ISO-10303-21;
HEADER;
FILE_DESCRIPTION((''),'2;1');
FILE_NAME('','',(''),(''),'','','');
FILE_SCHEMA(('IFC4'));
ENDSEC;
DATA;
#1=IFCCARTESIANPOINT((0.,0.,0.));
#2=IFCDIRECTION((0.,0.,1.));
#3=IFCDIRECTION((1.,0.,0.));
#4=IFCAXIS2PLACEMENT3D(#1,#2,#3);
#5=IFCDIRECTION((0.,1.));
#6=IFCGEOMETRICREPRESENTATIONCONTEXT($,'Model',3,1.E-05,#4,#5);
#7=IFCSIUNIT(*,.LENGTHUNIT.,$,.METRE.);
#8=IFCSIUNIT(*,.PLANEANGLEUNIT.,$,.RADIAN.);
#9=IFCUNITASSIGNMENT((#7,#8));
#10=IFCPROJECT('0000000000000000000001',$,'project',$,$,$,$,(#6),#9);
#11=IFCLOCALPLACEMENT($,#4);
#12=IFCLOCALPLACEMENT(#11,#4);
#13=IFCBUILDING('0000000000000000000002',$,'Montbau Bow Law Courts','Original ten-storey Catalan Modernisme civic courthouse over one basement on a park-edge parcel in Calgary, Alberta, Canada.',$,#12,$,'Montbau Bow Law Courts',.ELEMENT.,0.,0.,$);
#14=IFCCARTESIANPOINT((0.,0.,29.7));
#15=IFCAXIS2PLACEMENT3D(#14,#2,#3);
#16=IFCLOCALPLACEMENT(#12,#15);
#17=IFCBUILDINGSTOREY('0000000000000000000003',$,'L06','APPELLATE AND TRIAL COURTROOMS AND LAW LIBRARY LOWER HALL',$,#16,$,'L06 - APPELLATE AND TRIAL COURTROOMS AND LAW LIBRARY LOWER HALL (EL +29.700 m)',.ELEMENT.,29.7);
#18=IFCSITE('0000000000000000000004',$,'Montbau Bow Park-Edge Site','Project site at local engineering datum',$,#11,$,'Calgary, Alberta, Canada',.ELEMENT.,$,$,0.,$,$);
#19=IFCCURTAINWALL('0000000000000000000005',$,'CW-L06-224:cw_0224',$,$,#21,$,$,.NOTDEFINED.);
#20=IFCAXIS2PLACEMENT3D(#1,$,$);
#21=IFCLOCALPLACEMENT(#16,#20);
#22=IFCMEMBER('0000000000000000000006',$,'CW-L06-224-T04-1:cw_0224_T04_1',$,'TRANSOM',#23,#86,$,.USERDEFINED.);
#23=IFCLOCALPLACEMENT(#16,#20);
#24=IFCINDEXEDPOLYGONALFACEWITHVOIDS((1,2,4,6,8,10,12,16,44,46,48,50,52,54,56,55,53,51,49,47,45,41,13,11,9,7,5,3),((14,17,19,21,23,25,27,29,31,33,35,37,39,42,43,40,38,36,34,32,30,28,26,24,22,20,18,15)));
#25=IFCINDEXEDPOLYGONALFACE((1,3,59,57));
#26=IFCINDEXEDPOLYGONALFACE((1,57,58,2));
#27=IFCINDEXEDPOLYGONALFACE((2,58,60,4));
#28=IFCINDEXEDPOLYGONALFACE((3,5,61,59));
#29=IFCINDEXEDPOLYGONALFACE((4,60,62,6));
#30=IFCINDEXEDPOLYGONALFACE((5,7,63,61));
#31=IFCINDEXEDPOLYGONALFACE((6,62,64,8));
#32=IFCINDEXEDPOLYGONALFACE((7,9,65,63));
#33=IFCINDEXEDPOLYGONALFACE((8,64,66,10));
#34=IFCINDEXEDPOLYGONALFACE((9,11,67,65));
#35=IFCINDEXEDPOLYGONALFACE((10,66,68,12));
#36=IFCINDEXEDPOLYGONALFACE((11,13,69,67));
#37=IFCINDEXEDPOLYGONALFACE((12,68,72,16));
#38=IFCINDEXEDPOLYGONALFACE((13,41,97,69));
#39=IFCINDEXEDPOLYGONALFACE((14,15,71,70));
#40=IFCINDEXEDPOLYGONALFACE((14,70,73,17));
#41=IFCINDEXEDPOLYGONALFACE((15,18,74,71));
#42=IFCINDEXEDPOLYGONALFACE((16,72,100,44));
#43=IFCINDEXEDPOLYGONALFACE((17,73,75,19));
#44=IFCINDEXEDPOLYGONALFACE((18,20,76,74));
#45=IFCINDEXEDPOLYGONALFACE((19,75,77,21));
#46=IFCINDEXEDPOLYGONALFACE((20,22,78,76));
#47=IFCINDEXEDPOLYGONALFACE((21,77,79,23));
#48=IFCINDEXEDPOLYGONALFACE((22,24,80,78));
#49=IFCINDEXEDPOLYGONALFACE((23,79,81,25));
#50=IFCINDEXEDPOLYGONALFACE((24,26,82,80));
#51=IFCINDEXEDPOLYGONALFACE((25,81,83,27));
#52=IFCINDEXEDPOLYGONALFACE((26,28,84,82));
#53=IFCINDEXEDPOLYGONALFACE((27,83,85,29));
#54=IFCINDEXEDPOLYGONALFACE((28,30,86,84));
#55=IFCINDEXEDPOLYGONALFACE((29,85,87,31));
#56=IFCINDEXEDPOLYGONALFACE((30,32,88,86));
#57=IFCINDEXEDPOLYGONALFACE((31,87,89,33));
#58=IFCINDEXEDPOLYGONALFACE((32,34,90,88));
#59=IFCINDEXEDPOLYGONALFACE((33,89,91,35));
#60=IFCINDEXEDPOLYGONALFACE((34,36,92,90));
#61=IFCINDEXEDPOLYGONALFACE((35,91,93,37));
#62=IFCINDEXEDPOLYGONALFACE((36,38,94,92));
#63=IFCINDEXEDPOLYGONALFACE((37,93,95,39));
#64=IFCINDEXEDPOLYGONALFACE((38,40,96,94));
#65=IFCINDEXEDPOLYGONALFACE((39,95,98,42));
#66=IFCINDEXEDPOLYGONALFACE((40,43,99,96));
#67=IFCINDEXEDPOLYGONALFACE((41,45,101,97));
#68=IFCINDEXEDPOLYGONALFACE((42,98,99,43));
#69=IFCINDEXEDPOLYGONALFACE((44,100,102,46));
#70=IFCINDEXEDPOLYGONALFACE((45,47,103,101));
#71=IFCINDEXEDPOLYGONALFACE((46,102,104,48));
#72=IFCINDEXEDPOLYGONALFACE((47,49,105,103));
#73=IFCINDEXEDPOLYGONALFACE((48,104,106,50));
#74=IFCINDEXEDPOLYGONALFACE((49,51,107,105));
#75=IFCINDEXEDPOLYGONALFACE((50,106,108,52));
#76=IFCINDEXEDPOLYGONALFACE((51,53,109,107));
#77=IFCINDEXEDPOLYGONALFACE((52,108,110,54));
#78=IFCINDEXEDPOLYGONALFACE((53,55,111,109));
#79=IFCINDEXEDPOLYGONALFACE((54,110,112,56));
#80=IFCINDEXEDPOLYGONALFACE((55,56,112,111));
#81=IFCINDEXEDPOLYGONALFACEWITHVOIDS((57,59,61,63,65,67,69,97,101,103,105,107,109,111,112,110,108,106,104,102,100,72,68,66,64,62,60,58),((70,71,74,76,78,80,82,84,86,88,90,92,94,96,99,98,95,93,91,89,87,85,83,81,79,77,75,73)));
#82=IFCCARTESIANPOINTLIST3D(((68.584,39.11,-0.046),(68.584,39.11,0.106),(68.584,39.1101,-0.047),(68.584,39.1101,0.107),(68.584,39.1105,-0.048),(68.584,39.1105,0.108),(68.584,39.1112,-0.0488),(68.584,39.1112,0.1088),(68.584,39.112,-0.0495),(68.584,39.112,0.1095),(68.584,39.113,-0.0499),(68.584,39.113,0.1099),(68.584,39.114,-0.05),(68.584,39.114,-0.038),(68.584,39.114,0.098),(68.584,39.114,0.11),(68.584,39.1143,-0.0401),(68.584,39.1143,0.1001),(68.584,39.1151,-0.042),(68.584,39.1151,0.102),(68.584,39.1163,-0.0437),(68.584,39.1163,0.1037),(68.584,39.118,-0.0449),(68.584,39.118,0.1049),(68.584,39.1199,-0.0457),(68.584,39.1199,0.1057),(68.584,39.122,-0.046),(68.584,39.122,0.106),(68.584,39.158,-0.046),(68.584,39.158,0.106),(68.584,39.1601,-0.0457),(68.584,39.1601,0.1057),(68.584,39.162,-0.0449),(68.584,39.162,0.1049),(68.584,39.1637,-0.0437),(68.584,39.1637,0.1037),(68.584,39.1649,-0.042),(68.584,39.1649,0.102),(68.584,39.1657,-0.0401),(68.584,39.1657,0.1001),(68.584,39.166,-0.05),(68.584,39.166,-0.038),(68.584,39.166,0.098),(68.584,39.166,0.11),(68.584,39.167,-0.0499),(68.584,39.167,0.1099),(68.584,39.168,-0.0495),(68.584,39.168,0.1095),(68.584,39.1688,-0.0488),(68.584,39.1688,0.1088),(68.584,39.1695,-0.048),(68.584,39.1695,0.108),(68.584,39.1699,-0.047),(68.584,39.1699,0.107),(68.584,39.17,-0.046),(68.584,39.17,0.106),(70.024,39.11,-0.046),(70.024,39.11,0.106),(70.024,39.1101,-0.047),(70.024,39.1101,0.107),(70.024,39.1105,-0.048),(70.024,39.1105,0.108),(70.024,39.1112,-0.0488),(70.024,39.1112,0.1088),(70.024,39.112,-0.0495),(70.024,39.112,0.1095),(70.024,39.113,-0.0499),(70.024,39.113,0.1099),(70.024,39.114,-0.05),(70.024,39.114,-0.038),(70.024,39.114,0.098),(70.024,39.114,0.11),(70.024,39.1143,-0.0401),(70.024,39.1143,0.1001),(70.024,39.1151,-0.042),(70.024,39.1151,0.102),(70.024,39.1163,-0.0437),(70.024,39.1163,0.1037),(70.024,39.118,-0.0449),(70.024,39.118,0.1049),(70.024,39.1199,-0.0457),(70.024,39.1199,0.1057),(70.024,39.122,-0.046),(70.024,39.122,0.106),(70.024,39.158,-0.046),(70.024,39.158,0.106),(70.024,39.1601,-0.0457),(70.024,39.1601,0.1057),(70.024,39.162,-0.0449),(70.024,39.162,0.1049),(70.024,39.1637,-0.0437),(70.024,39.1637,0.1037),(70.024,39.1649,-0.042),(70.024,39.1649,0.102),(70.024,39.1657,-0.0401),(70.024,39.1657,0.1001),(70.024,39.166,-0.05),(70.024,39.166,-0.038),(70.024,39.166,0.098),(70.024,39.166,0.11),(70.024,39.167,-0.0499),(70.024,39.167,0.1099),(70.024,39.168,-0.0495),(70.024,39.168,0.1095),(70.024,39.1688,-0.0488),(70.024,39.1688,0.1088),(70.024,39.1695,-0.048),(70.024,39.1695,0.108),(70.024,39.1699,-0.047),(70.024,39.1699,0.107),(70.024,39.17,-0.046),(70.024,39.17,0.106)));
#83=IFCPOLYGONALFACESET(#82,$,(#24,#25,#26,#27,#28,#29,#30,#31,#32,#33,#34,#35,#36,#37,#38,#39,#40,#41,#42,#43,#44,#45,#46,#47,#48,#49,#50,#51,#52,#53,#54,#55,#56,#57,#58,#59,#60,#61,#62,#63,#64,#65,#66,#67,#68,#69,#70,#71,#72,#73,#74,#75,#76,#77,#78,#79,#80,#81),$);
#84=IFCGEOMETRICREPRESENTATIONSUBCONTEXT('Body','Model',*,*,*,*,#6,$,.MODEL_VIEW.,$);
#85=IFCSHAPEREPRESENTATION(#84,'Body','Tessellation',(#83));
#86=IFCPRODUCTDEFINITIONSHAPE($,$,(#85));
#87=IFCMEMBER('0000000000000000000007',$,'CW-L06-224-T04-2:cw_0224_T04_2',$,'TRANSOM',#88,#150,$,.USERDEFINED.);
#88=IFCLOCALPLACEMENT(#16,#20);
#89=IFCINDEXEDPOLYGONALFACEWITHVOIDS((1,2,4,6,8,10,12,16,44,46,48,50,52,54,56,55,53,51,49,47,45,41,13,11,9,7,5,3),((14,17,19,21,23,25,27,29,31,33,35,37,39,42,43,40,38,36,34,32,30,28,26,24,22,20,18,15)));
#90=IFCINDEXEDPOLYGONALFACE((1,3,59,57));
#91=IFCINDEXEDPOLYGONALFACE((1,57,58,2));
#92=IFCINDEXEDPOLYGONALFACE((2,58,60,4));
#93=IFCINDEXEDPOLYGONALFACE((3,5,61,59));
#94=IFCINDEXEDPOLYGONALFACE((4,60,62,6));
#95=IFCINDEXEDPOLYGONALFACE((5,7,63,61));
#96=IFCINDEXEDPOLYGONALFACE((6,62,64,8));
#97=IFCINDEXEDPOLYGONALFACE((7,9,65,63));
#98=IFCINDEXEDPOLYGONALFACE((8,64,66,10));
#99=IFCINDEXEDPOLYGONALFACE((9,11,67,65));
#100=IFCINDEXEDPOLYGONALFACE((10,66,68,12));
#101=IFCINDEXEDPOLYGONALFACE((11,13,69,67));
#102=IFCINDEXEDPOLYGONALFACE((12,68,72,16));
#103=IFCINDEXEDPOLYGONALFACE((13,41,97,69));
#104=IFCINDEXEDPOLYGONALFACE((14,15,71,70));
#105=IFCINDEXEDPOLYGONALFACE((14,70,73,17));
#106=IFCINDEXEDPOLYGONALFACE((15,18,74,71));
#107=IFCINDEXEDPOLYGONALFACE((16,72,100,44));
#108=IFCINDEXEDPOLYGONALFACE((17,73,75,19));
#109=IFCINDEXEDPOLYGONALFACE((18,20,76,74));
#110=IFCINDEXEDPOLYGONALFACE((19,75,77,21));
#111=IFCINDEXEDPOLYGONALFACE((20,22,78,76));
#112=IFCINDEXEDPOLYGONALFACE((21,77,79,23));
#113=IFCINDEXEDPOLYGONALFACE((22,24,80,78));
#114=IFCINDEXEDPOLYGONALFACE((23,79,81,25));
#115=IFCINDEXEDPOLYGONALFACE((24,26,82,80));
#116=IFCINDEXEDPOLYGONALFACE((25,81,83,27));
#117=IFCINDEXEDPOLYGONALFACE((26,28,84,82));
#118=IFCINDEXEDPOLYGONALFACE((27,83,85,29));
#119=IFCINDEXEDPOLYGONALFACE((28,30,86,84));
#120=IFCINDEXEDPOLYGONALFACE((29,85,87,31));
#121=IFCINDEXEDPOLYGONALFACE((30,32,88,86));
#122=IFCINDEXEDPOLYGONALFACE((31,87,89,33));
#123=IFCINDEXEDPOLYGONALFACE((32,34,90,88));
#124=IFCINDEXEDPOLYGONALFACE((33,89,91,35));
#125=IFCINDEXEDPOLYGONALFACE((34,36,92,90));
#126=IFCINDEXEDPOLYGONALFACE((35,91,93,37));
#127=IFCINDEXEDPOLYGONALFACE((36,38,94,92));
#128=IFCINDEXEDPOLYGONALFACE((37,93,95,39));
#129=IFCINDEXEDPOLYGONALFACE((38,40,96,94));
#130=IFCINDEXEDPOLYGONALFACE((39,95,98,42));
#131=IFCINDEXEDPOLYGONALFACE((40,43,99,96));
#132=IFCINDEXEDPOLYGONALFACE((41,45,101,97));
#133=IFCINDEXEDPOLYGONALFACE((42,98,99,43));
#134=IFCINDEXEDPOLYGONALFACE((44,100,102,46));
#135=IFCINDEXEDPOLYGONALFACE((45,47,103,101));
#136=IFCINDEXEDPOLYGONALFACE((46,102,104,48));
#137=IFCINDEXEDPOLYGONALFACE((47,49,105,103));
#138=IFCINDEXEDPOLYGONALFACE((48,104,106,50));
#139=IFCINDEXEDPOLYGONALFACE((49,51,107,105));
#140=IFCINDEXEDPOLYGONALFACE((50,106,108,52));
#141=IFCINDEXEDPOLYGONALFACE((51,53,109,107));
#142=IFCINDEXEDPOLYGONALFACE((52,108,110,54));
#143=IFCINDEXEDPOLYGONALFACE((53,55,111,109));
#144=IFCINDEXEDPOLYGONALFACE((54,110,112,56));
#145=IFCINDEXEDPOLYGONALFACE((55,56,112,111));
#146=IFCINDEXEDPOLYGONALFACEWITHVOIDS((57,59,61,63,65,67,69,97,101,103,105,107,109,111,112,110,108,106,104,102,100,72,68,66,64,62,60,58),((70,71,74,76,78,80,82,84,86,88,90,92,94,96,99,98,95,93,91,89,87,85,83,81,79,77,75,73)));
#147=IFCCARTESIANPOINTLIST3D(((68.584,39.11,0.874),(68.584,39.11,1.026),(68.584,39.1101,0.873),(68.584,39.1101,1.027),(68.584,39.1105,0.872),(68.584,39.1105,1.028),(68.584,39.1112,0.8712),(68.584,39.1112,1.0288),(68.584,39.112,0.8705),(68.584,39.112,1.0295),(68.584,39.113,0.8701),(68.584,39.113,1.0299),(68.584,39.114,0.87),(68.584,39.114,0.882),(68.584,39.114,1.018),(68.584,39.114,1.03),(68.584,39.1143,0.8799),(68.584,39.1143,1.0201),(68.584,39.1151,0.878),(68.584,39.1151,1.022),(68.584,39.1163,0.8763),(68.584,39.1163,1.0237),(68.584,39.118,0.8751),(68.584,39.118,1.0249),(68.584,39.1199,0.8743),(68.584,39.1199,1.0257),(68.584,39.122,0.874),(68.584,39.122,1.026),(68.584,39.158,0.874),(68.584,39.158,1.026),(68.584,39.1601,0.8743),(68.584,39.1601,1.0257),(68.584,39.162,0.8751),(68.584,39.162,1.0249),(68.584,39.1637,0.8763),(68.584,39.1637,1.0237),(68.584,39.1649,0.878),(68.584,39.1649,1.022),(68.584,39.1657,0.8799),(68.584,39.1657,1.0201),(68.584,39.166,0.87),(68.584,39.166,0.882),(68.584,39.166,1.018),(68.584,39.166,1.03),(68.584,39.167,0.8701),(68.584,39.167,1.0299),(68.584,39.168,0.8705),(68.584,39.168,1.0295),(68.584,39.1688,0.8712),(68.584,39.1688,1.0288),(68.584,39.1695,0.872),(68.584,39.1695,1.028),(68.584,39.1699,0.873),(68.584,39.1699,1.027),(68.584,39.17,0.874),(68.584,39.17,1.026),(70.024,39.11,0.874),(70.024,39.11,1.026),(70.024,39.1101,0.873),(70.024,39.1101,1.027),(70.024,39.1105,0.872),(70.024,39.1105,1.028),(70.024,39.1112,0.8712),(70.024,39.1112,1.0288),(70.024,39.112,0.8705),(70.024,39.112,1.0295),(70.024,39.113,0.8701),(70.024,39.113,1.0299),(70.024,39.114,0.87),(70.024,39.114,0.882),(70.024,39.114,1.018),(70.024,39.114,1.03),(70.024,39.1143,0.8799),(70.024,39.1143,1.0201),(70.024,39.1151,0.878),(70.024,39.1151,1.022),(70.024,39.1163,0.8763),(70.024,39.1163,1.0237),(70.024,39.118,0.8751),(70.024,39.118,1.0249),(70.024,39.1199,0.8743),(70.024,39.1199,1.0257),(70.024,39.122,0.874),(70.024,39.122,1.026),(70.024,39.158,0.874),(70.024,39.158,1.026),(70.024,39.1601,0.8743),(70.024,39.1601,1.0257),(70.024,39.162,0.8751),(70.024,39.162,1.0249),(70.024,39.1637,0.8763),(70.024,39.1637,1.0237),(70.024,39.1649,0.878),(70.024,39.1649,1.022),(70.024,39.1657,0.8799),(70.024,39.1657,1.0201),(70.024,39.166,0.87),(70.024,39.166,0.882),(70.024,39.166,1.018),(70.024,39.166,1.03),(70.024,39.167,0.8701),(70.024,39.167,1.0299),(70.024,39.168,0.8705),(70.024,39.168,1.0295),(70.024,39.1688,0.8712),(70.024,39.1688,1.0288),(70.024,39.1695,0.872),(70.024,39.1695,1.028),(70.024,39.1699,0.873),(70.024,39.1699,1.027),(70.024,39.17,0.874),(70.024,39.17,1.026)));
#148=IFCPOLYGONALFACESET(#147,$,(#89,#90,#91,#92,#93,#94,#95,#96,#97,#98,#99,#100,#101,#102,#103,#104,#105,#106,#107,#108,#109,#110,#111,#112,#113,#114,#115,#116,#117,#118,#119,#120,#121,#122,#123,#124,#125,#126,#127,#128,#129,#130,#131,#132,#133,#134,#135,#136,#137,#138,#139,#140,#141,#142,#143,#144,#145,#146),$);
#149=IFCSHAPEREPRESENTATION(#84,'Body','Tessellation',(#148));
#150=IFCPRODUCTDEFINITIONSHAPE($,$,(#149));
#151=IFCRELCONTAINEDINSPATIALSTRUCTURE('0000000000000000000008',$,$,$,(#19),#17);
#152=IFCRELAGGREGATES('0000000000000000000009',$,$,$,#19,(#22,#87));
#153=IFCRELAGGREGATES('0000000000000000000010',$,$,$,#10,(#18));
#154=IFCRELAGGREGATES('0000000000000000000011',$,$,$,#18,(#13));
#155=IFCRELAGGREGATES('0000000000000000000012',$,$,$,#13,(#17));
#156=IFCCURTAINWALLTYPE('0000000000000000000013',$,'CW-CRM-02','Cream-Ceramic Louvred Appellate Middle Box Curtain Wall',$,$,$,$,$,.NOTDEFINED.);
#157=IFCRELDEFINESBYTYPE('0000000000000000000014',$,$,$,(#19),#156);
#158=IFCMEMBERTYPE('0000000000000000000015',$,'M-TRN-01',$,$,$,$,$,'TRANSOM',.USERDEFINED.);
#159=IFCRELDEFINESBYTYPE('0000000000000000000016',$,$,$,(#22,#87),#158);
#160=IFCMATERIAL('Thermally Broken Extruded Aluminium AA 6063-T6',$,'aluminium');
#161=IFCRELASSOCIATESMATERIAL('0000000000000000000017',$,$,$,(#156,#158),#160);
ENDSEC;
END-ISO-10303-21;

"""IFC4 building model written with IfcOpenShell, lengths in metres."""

from ifc_helpers import new_model, si_unit, direction, frame, origin_with_axes, origin_2d_with_axis, place, context, subcontext, project, spatial, hollow_rectangle, extrude, material, material_profile, profile_set, type_object, element, aggregate, save


model = new_model("IFC4")

# Units and contexts
model_context = context("Model", 3, precision=1e-05, world=origin_with_axes(), true_north=direction((0.0, 1.0)))
body_context = subcontext(model_context, "Body", "Model", "MODEL_VIEW")
ifc_project = project(units=[si_unit("LENGTHUNIT", "METRE"), si_unit("PLANEANGLEUNIT", "RADIAN")], contexts=[model_context])

# Site, building, storey
site_placement = place(None, origin_with_axes())
site = spatial("IfcSite", under=ifc_project, at=site_placement, Name="Montbau Bow Park-Edge Site", Description="Project site at local engineering datum", LongName="Calgary, Alberta, Canada", CompositionType="ELEMENT", RefElevation=0.0)
building_placement = place(site_placement, origin_with_axes())
building = spatial("IfcBuilding", under=site, at=building_placement, Name="Montbau Bow Law Courts", Description="Original ten-storey Catalan Modernisme civic courthouse over one basement on a park-edge parcel in Calgary, Alberta, Canada.", LongName="Montbau Bow Law Courts", CompositionType="ELEMENT", ElevationOfRefHeight=0.0, ElevationOfTerrain=0.0)
storey_placement = place(building_placement, frame((0.0, 0.0, 29.7), z_axis=(0.0, 0.0, 1.0), x_axis=(1.0, 0.0, 0.0)))
storey = spatial("IfcBuildingStorey", under=building, at=storey_placement, Name="L06", Description="APPELLATE AND TRIAL COURTROOMS AND LAW LIBRARY LOWER HALL", LongName="L06 - APPELLATE AND TRIAL COURTROOMS AND LAW LIBRARY LOWER HALL (EL +29.700 m)", CompositionType="ELEMENT", Elevation=29.7)

# Curtain wall, members
ifc_material_1 = material(Name="Thermally Broken Extruded Aluminium AA 6063-T6", Category="aluminium")
curtain_wall_type = type_object("IfcCurtainWallType", Name="CW-CRM-02", Description="Cream-Ceramic Louvred Appellate Middle Box Curtain Wall", PredefinedType="NOTDEFINED", material=ifc_material_1)
curtain_wall_placement = place(None, frame((64.04, 39.14, 29.7), z_axis=(0.0, 0.0, 1.0), x_axis=(1.0, 0.0, 0.0)))
curtain_wall = element("IfcCurtainWall", 1, at=curtain_wall_placement, inside=storey, type_object=curtain_wall_type, Name="CW-L06-224:cw_0224", PredefinedType="NOTDEFINED")
ifc_material_profile_1 = material_profile(ifc_material_1, hollow_rectangle(XDim=0.06, YDim=0.16, WallThickness=0.004, InnerFilletRadius=0.008, OuterFilletRadius=0.004, at=origin_2d_with_axis()), Name="CWT-160X60", Category="Main", Priority=0)
ifc_profile_set_1 = profile_set([ifc_material_profile_1], Name="Thermally Broken Extruded Aluminium AA 6063-T6")
member_type_1 = type_object("IfcMemberType", Name="M-TRN-01", ElementType="TRANSOM", PredefinedType="USERDEFINED", material=ifc_profile_set_1)
member_1_placement = place(None, frame((68.584, 39.14, 29.73), z_axis=(1.0, 0.0, 0.0), x_axis=(0.0, 1.0, 0.0)))
member_1 = element("IfcMember", 2, at=member_1_placement, type_object=member_type_1, Name="CW-L06-224-T04-1:cw_0224_T04_1", ObjectType="TRANSOM", PredefinedType="USERDEFINED", context=body_context, shape_type="SweptSolid", body=[
    extrude(hollow_rectangle(XDim=0.06, YDim=0.16, WallThickness=0.004, InnerFilletRadius=0.008, OuterFilletRadius=0.004, at=origin_2d_with_axis()), origin_with_axes(), (0.0, 0.0, 1.0), 1.44),
])
member_2_placement = place(None, frame((68.584, 39.14, 30.65), z_axis=(1.0, 0.0, 0.0), x_axis=(0.0, 1.0, 0.0)))
member_2 = element("IfcMember", 3, at=member_2_placement, type_object=member_type_1, Name="CW-L06-224-T04-2:cw_0224_T04_2", ObjectType="TRANSOM", PredefinedType="USERDEFINED", context=body_context, shape_type="SweptSolid", body=[
    extrude(hollow_rectangle(XDim=0.06, YDim=0.16, WallThickness=0.004, InnerFilletRadius=0.008, OuterFilletRadius=0.004, at=origin_2d_with_axis()), origin_with_axes(), (0.0, 0.0, 1.0), 1.44),
])
aggregate(curtain_wall, [member_1, member_2])

save(model, "model.ifc")
